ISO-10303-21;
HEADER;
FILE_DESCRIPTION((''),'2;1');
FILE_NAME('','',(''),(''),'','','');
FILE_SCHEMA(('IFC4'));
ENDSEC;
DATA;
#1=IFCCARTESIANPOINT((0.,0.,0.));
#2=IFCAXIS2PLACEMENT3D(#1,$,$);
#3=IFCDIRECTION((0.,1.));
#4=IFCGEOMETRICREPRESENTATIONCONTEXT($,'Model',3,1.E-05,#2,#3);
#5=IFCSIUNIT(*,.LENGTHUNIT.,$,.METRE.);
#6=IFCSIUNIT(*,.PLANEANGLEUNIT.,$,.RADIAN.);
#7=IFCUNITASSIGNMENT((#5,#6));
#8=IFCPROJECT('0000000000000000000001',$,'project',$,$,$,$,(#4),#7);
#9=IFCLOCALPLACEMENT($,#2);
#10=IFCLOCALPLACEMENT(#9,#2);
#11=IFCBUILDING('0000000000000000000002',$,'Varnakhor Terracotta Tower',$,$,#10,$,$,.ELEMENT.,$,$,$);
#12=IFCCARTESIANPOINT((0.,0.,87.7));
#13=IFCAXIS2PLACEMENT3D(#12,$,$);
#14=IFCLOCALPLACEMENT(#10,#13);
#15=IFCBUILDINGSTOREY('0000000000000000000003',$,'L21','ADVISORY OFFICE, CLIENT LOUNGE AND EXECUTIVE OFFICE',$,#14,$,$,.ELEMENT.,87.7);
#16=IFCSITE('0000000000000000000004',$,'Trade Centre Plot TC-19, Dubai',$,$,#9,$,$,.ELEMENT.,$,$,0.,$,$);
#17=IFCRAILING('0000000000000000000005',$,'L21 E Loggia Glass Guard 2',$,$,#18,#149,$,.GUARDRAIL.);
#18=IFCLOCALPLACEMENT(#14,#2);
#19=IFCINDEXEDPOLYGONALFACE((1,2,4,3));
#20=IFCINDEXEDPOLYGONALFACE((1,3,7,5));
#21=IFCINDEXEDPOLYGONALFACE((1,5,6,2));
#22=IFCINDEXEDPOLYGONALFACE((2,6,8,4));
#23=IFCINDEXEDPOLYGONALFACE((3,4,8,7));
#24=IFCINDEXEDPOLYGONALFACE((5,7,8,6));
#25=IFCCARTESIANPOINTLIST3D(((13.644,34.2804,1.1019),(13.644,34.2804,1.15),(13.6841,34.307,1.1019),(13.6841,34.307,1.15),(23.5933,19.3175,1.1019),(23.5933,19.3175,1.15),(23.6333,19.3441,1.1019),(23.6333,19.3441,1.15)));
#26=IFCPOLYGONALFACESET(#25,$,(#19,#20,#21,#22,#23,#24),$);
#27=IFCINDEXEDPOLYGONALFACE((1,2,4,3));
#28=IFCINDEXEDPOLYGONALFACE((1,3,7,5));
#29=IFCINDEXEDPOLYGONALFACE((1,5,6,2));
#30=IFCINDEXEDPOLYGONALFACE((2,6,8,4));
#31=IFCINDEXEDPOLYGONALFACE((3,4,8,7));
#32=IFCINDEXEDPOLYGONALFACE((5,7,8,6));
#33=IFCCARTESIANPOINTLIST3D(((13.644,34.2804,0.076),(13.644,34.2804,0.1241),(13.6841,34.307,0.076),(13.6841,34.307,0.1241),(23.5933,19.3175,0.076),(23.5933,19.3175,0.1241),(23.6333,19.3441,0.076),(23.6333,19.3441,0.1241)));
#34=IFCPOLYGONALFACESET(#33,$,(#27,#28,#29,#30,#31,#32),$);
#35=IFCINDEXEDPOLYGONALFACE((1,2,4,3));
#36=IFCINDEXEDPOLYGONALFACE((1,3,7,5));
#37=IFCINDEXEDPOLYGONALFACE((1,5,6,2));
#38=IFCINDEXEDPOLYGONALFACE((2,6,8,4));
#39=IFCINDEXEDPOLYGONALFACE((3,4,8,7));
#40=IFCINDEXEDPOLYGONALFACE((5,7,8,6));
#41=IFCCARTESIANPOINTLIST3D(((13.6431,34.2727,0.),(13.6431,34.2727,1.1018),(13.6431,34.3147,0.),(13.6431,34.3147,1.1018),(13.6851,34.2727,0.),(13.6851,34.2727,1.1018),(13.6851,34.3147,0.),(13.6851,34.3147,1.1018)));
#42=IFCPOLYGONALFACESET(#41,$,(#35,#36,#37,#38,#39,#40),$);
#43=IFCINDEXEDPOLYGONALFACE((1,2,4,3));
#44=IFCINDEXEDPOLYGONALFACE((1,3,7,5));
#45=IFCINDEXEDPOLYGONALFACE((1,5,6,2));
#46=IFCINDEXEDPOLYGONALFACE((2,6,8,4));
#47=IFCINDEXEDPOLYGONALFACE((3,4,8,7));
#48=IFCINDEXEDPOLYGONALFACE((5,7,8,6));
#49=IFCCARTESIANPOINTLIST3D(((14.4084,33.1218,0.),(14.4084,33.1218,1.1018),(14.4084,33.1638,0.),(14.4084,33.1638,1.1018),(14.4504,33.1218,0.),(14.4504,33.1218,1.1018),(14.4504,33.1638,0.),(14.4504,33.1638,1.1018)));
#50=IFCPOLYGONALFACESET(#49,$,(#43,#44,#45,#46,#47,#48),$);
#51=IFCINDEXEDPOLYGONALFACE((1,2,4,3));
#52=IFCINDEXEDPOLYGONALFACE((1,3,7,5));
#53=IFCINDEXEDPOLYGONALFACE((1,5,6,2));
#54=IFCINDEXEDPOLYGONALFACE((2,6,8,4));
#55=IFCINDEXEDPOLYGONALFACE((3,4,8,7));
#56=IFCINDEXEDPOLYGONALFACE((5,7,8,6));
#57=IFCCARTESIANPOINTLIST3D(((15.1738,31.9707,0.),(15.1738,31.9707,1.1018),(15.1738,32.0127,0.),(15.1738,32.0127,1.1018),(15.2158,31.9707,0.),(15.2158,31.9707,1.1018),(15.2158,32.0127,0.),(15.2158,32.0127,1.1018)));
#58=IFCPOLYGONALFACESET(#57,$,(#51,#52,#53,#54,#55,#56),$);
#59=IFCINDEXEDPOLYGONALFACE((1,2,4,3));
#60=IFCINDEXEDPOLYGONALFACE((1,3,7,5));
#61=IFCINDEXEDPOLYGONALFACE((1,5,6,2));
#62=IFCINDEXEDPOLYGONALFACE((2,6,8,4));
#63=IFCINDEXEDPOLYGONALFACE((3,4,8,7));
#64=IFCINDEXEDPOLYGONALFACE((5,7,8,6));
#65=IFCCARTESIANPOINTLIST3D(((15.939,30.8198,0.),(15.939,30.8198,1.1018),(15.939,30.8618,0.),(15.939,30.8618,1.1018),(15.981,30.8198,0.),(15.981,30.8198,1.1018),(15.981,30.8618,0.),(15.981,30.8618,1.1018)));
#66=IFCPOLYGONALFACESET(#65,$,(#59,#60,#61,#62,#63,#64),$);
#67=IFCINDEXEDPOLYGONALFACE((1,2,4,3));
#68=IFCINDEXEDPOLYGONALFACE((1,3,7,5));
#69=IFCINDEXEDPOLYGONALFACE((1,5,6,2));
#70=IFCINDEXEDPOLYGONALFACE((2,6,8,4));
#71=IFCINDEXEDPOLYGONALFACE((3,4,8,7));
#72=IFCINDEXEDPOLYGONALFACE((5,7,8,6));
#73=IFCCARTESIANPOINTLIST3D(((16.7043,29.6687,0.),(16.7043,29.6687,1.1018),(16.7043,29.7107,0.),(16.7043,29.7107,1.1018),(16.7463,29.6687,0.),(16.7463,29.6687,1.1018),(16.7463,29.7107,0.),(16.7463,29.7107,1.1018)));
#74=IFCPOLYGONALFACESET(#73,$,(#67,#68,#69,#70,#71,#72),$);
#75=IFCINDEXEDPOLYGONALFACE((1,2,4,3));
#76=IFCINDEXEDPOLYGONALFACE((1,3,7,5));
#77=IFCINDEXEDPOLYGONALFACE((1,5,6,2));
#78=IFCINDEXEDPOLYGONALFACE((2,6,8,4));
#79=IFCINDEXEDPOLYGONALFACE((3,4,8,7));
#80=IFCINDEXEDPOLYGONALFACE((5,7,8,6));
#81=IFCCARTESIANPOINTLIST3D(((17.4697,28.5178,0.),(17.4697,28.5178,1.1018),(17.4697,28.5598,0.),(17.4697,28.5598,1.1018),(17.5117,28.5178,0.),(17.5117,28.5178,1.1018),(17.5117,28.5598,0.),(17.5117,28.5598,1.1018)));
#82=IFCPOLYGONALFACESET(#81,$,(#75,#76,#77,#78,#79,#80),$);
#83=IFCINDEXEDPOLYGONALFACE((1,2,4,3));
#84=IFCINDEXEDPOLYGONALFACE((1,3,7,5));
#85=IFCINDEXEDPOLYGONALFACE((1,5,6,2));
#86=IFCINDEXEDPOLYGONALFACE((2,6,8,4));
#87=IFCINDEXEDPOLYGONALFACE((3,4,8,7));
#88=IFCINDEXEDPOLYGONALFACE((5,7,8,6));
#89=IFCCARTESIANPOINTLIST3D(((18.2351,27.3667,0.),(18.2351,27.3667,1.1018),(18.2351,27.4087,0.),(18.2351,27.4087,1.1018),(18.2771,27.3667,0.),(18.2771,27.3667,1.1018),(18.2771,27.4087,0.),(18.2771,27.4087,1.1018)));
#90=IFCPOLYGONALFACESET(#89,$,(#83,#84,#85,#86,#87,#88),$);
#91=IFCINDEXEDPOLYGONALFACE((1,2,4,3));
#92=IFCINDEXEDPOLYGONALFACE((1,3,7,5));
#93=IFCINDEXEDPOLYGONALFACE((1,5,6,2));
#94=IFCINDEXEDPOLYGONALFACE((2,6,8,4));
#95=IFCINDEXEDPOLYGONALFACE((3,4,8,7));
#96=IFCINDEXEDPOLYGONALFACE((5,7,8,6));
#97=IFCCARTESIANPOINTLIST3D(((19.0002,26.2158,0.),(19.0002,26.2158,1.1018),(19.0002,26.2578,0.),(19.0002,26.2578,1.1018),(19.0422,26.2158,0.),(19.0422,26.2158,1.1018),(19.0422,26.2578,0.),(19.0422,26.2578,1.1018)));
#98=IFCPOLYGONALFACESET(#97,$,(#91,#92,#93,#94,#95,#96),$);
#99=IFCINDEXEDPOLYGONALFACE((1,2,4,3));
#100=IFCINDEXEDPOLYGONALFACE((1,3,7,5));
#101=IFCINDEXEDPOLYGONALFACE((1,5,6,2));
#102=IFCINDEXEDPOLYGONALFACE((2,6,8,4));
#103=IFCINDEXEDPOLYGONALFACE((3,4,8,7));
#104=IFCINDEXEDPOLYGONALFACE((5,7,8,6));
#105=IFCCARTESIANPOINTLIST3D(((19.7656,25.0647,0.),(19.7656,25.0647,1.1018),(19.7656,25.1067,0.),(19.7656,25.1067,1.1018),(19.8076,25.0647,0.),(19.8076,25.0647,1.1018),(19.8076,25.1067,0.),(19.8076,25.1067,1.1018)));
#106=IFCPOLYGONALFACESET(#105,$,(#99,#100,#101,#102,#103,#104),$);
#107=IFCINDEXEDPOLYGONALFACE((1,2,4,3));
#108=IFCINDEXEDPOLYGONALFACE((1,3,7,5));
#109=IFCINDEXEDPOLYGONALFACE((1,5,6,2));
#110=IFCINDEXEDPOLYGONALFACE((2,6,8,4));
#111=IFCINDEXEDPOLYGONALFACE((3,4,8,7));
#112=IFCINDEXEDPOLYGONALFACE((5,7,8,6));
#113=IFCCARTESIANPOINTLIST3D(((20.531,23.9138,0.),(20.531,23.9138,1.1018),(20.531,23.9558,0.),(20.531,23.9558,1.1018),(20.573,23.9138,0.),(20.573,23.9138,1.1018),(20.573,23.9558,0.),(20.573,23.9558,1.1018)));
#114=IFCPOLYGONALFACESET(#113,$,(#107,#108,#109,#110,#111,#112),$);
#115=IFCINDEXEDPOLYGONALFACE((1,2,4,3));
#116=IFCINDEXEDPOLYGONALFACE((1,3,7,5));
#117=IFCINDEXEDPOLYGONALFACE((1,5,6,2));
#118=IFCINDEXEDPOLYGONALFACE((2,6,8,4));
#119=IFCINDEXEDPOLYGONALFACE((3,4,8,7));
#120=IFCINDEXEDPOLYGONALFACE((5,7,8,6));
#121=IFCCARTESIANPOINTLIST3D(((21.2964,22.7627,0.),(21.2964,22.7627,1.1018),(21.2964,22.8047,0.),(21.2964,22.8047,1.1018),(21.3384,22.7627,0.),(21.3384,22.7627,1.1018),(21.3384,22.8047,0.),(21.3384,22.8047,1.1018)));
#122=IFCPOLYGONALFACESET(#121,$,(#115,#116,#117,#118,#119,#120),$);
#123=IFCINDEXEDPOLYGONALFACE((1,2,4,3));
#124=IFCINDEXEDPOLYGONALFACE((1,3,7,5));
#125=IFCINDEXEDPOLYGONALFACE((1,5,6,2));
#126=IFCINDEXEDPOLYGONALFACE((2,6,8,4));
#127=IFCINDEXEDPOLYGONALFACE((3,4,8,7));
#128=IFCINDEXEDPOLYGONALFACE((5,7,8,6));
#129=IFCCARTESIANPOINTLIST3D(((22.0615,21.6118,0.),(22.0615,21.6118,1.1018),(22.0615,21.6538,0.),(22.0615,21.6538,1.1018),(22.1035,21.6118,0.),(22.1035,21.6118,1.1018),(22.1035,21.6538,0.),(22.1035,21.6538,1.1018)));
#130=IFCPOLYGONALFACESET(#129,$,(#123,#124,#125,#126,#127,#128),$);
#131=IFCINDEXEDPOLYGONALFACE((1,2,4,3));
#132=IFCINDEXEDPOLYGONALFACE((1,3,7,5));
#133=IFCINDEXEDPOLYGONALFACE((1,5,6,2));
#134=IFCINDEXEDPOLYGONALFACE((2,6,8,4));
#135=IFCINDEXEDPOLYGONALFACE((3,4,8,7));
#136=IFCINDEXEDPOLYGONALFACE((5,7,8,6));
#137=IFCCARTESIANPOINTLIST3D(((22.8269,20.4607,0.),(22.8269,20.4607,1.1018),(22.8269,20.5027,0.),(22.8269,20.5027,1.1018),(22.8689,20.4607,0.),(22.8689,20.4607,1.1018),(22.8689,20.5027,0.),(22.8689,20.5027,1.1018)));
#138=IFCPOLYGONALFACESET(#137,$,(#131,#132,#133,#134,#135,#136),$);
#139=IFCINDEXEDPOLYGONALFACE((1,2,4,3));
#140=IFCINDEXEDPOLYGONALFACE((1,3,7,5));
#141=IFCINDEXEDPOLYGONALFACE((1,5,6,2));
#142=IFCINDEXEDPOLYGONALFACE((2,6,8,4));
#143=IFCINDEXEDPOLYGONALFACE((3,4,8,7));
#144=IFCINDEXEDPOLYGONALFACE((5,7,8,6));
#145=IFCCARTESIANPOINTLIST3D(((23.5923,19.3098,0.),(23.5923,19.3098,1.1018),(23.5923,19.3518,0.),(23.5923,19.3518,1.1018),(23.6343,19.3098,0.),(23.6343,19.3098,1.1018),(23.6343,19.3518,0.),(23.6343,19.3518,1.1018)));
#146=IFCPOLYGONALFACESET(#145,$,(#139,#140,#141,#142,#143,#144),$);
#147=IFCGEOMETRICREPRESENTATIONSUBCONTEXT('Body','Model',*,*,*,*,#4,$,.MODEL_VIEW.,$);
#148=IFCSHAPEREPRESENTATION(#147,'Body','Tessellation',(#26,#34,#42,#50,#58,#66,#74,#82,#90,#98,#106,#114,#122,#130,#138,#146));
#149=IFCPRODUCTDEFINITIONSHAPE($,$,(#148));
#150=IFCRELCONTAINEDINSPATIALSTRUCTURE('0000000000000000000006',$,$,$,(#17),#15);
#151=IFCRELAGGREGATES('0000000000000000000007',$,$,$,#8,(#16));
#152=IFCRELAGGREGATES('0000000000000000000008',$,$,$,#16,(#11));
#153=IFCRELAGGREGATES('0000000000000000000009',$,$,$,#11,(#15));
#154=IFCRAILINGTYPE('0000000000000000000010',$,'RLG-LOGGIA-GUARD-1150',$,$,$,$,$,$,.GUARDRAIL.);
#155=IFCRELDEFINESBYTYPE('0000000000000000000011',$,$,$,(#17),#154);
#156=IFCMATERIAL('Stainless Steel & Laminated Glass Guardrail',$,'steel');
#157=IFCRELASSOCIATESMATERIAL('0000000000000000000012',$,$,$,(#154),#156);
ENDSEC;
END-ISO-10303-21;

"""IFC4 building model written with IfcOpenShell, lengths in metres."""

from ifc_helpers import new_model, si_unit, direction, frame, origin, origin_2d, place, context, subcontext, project, spatial, rectangle, extrude, material, type_object, element, save


model = new_model("IFC4")

# Units and contexts
model_context = context("Model", 3, precision=1e-05, world=origin(), true_north=direction((0.0, 1.0)))
body_context = subcontext(model_context, "Body", "Model", "MODEL_VIEW")
ifc_project = project(units=[si_unit("LENGTHUNIT", "METRE"), si_unit("PLANEANGLEUNIT", "RADIAN")], contexts=[model_context])

# Site, building, storey
site_placement = place(None, origin())
site = spatial("IfcSite", under=ifc_project, at=site_placement, Name="Trade Centre Plot TC-19, Dubai", CompositionType="ELEMENT", RefElevation=0.0)
building_placement = place(site_placement, origin())
building = spatial("IfcBuilding", under=site, at=building_placement, Name="Varnakhor Terracotta Tower", CompositionType="ELEMENT")
storey_placement = place(building_placement, frame((0.0, 0.0, 87.7)))
storey = spatial("IfcBuildingStorey", under=building, at=storey_placement, Name="L21", Description="ADVISORY OFFICE, CLIENT LOUNGE AND EXECUTIVE OFFICE", CompositionType="ELEMENT", Elevation=87.7)

# Railing
ifc_material_1 = material(Name="Stainless Steel & Laminated Glass Guardrail", Category="steel")
railing_type = type_object("IfcRailingType", Name="RLG-LOGGIA-GUARD-1150", PredefinedType="GUARDRAIL", material=ifc_material_1)
railing_1_placement = place(storey_placement, frame((13.6641, 34.2937, 0.0)))
element("IfcRailing", 1, at=railing_1_placement, inside=storey, type_object=railing_type, Name="L21 E Loggia Glass Guard 2", PredefinedType="GUARDRAIL", context=body_context, shape_type="SweptSolid", body=[
    extrude(rectangle(XDim=0.0481, YDim=0.0481, at=origin_2d()), frame((0.0, 0.0, 1.126), z_axis=(0.553696, -0.832719, 0.0), x_axis=(0.832719, 0.553696, 0.0)), (0.0, 0.0, 1.0), 17.9688),
    extrude(rectangle(XDim=0.0481, YDim=0.0481, at=origin_2d()), frame((0.0, 0.0, 0.1001), z_axis=(0.553696, -0.832719, 0.0), x_axis=(0.832719, 0.553696, 0.0)), (0.0, 0.0, 1.0), 17.9688),
    extrude(rectangle(XDim=0.042, YDim=0.042, at=origin_2d()), origin(), (0.0, 0.0, 1.0), 1.1018),
    extrude(rectangle(XDim=0.042, YDim=0.042, at=origin_2d()), frame((0.7654, -1.1509, 0.0)), (0.0, 0.0, 1.0), 1.1018),
    extrude(rectangle(XDim=0.042, YDim=0.042, at=origin_2d()), frame((1.5308, -2.302, 0.0)), (0.0, 0.0, 1.0), 1.1018),
    extrude(rectangle(XDim=0.042, YDim=0.042, at=origin_2d()), frame((2.2959, -3.4529, 0.0)), (0.0, 0.0, 1.0), 1.1018),
    extrude(rectangle(XDim=0.042, YDim=0.042, at=origin_2d()), frame((3.0613, -4.604, 0.0)), (0.0, 0.0, 1.0), 1.1018),
    extrude(rectangle(XDim=0.042, YDim=0.042, at=origin_2d()), frame((3.8267, -5.7549, 0.0)), (0.0, 0.0, 1.0), 1.1018),
    extrude(rectangle(XDim=0.042, YDim=0.042, at=origin_2d()), frame((4.592, -6.906, 0.0)), (0.0, 0.0, 1.0), 1.1018),
    extrude(rectangle(XDim=0.042, YDim=0.042, at=origin_2d()), frame((5.3572, -8.0569, 0.0)), (0.0, 0.0, 1.0), 1.1018),
    extrude(rectangle(XDim=0.042, YDim=0.042, at=origin_2d()), frame((6.1226, -9.208, 0.0)), (0.0, 0.0, 1.0), 1.1018),
    extrude(rectangle(XDim=0.042, YDim=0.042, at=origin_2d()), frame((6.8879, -10.3589, 0.0)), (0.0, 0.0, 1.0), 1.1018),
    extrude(rectangle(XDim=0.042, YDim=0.042, at=origin_2d()), frame((7.6533, -11.51, 0.0)), (0.0, 0.0, 1.0), 1.1018),
    extrude(rectangle(XDim=0.042, YDim=0.042, at=origin_2d()), frame((8.4185, -12.6609, 0.0)), (0.0, 0.0, 1.0), 1.1018),
    extrude(rectangle(XDim=0.042, YDim=0.042, at=origin_2d()), frame((9.1838, -13.812, 0.0)), (0.0, 0.0, 1.0), 1.1018),
    extrude(rectangle(XDim=0.042, YDim=0.042, at=origin_2d()), frame((9.9492, -14.9629, 0.0)), (0.0, 0.0, 1.0), 1.1018),
])

save(model, "model.ifc")
